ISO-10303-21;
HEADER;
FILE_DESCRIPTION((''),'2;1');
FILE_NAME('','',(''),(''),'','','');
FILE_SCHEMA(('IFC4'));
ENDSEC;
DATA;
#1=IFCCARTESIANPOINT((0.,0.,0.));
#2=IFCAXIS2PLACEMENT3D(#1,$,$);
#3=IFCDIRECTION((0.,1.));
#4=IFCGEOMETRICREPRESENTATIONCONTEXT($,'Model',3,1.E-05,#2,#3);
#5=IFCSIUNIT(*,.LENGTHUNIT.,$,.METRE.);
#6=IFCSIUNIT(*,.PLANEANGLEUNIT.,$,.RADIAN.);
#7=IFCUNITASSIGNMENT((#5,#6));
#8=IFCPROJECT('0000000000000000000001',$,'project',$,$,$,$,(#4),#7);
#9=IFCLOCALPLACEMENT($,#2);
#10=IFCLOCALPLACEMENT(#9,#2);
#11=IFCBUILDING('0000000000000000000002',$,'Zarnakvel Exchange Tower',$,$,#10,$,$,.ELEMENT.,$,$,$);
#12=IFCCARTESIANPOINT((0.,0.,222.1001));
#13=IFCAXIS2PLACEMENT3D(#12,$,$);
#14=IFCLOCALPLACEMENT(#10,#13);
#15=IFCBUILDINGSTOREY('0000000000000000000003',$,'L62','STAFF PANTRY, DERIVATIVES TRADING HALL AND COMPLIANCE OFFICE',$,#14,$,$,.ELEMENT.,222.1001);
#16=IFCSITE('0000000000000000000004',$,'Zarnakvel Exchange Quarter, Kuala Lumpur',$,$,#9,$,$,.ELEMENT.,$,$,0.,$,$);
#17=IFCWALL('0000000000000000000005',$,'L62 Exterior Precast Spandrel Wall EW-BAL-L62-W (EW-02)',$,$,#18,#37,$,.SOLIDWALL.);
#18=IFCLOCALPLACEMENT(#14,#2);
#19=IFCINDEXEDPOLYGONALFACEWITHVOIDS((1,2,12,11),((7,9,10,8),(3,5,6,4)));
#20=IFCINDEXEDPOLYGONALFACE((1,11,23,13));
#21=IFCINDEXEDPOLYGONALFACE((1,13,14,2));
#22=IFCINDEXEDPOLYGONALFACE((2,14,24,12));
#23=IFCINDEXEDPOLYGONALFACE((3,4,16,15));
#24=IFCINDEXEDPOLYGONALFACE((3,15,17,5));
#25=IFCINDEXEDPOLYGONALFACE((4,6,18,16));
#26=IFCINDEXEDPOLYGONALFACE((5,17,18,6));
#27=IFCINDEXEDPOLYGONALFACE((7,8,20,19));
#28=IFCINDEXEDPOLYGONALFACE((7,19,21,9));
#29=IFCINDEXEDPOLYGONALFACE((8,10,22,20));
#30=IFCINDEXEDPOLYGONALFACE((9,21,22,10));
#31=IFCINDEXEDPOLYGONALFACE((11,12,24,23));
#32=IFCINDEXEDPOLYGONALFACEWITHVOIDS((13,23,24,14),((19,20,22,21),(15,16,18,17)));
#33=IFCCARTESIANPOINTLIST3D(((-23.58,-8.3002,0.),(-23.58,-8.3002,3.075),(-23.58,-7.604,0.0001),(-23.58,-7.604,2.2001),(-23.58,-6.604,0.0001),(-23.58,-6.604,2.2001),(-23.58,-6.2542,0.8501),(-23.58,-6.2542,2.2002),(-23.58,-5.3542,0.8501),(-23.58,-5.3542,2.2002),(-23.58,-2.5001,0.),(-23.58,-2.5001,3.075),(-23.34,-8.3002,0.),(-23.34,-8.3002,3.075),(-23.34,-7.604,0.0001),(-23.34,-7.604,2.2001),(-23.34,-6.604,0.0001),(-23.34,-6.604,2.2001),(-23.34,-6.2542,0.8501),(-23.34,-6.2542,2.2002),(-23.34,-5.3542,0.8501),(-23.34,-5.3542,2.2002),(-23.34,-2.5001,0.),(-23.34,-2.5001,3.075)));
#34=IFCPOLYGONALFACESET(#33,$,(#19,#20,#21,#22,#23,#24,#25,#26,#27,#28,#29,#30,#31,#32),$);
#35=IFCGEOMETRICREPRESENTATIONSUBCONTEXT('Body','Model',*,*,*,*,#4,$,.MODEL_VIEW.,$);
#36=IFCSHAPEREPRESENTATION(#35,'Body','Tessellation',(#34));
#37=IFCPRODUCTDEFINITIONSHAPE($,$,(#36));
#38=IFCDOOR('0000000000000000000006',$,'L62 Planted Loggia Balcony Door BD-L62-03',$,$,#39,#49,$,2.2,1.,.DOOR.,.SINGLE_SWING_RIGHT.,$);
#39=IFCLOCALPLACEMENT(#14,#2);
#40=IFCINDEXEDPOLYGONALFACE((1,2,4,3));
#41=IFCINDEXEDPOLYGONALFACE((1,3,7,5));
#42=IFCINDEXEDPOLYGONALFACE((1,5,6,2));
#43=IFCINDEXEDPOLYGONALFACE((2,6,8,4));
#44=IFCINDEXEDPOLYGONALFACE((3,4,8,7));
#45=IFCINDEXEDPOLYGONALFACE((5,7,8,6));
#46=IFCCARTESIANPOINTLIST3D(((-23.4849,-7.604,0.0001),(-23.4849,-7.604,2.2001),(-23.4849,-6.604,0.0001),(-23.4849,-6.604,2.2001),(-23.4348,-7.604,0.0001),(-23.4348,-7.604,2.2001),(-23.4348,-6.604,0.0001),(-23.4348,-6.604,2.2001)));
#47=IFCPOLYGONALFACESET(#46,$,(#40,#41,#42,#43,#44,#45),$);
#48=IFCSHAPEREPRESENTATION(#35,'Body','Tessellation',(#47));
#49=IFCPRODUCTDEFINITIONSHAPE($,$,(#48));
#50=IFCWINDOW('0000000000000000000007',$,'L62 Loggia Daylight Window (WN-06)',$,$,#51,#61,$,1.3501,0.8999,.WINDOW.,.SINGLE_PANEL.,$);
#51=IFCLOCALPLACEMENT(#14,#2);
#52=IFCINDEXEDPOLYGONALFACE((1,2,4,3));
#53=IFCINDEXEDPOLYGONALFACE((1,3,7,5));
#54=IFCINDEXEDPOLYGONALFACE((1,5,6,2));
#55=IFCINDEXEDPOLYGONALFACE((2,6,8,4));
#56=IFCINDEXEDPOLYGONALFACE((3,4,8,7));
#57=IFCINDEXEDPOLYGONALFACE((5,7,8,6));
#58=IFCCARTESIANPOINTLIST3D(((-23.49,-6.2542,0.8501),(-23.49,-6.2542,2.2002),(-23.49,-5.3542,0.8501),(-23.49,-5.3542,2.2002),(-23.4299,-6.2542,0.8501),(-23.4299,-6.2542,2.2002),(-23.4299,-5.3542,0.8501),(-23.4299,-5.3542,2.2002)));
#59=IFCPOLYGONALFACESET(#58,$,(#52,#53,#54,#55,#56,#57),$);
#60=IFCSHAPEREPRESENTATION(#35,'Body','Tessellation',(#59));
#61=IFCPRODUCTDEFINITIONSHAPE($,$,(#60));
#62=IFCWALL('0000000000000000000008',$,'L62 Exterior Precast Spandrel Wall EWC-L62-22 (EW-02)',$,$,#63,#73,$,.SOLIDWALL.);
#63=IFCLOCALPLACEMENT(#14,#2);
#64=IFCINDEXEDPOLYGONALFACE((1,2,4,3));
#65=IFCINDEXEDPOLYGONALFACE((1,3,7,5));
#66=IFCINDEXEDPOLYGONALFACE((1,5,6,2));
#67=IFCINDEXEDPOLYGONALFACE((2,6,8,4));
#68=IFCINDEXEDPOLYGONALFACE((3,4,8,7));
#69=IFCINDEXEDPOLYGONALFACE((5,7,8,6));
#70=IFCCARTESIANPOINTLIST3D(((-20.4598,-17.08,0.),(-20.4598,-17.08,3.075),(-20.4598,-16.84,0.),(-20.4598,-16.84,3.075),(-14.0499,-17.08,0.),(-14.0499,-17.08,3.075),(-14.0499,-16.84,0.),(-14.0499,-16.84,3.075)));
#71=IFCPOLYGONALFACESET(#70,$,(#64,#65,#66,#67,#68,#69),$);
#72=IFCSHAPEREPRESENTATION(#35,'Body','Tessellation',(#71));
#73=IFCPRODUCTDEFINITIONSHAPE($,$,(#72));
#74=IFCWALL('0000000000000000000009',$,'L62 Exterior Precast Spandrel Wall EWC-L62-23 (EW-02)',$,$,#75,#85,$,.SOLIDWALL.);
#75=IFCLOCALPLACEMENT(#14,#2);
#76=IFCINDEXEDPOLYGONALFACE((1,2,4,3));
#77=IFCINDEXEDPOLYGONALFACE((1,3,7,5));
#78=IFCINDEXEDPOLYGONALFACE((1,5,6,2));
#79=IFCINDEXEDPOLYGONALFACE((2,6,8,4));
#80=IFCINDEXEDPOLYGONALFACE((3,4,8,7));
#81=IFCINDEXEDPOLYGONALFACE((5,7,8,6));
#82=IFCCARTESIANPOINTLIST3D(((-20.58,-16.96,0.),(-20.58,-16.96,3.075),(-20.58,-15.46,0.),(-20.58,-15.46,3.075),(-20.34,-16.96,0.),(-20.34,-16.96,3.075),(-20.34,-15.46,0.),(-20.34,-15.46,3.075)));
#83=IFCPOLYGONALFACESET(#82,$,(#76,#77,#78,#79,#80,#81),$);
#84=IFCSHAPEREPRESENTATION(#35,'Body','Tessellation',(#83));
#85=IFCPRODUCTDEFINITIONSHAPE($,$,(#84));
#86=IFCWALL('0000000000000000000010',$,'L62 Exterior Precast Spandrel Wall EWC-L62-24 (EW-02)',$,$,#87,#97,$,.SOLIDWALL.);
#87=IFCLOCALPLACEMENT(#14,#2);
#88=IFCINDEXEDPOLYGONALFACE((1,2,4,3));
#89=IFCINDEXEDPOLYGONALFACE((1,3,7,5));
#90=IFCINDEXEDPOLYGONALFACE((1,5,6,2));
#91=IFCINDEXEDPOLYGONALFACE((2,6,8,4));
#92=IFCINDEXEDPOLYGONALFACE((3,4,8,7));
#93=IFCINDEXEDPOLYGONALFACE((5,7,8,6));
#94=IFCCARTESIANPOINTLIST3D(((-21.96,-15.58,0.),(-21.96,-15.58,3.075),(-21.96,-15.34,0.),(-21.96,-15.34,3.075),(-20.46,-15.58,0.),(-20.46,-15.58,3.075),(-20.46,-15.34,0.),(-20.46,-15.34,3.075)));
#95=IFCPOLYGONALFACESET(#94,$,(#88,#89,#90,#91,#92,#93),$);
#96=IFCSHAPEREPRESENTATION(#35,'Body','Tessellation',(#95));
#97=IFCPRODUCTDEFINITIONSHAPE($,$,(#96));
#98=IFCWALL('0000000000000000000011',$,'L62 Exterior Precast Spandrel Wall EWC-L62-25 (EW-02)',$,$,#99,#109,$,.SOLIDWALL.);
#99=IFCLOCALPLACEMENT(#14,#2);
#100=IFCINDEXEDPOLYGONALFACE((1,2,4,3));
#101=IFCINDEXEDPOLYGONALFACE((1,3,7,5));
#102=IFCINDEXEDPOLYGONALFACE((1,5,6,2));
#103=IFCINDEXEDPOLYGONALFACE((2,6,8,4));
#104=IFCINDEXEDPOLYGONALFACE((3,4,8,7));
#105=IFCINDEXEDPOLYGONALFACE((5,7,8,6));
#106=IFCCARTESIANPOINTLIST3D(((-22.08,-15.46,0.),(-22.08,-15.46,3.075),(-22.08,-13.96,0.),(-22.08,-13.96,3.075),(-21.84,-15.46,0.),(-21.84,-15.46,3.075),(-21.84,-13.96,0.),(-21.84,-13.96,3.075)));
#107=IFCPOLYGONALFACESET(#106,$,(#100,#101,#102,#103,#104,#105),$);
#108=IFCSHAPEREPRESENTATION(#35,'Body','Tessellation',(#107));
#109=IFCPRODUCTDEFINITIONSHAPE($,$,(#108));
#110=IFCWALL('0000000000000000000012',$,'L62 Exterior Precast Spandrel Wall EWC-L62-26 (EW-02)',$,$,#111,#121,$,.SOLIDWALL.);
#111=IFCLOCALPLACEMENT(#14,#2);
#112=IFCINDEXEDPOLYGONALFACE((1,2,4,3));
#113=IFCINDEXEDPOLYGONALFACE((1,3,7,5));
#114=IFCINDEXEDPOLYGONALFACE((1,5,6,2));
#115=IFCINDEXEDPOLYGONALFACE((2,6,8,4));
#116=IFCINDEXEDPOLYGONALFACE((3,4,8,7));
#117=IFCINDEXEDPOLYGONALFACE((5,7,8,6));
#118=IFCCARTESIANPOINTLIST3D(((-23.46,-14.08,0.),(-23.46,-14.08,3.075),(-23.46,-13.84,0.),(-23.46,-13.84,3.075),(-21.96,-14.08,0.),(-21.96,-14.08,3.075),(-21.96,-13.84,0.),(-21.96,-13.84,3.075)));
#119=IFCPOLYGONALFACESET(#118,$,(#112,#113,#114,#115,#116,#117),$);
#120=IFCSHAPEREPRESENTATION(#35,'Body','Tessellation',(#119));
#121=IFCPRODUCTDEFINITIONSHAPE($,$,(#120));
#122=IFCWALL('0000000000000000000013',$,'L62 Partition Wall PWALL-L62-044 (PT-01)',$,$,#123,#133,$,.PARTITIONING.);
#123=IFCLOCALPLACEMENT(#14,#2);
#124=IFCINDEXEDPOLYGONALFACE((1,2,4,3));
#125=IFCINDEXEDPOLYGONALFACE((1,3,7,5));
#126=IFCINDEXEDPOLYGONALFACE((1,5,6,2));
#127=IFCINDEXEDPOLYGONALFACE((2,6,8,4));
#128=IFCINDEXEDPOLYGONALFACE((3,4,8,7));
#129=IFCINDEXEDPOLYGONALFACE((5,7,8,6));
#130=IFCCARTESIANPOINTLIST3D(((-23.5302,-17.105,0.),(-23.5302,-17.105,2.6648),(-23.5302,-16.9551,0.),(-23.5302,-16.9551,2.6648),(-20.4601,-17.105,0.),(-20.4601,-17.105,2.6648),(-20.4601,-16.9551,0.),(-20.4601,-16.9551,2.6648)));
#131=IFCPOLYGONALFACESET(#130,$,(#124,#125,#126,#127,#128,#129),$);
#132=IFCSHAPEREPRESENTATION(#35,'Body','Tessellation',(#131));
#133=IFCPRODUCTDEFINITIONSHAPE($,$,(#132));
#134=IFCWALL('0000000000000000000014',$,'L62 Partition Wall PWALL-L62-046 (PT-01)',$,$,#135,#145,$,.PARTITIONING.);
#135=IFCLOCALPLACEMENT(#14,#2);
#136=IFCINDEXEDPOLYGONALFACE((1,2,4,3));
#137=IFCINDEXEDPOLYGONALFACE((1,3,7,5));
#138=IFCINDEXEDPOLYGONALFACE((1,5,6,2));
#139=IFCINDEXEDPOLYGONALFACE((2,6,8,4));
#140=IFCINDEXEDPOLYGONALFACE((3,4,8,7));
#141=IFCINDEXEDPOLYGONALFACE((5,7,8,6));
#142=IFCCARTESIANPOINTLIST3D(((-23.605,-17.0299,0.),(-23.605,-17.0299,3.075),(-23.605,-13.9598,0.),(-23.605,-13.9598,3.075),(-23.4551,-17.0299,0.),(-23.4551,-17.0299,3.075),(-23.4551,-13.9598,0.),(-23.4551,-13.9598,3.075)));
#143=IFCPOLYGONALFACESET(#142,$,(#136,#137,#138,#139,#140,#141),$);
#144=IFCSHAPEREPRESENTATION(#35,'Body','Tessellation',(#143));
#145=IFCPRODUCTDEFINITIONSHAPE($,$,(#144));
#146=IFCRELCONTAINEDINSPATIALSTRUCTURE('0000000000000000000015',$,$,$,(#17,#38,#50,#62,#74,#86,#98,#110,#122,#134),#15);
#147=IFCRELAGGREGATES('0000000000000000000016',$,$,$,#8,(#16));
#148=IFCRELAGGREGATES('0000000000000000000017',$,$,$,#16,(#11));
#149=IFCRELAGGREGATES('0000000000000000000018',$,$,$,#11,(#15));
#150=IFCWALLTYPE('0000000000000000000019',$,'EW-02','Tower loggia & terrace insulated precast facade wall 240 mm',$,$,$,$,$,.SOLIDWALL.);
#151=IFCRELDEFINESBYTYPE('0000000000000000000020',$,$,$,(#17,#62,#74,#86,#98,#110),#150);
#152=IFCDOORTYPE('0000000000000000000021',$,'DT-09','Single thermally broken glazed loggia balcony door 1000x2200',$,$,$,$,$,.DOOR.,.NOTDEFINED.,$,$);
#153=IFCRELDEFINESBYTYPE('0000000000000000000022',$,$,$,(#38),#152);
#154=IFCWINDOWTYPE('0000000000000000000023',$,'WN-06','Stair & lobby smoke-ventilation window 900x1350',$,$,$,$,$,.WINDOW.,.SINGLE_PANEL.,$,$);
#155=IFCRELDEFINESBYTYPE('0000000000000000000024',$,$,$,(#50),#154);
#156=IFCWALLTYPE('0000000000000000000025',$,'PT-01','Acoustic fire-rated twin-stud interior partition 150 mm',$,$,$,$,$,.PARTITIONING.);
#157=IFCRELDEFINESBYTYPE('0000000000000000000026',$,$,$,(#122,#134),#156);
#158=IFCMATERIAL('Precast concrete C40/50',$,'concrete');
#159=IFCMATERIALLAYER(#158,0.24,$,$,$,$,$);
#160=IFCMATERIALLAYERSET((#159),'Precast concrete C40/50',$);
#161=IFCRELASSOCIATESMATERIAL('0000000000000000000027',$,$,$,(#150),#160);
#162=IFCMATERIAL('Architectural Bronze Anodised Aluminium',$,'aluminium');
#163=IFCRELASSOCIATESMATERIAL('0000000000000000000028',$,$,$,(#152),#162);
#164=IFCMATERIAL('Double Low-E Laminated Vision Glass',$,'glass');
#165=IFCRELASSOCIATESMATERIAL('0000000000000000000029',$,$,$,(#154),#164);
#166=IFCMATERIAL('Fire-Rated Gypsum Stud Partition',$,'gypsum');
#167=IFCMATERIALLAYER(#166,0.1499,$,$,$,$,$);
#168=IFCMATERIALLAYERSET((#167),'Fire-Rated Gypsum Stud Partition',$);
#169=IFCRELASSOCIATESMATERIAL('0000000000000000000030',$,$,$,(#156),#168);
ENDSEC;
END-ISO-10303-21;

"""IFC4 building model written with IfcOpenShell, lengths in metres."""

from ifc_helpers import new_model, si_unit, direction, frame, frame_2d, origin, place, context, subcontext, project, spatial, rectangle, extrude, source, transform, mapped, material, layer, layer_set, type_object, element, fill, save


model = new_model("IFC4")

# Units and contexts
model_context = context("Model", 3, precision=1e-05, world=origin(), true_north=direction((0.0, 1.0)))
body_context = subcontext(model_context, "Body", "Model", "MODEL_VIEW")
ifc_project = project(units=[si_unit("LENGTHUNIT", "METRE"), si_unit("PLANEANGLEUNIT", "RADIAN")], contexts=[model_context])

# Site, building, storey
site_placement = place(None, origin())
site = spatial("IfcSite", under=ifc_project, at=site_placement, Name="Zarnakvel Exchange Quarter, Kuala Lumpur", CompositionType="ELEMENT", RefElevation=0.0)
building_placement = place(site_placement, origin())
building = spatial("IfcBuilding", under=site, at=building_placement, Name="Zarnakvel Exchange Tower", CompositionType="ELEMENT")
storey_placement = place(building_placement, frame((0.0, 0.0, 222.1001)))
storey = spatial("IfcBuildingStorey", under=building, at=storey_placement, Name="L62", Description="STAFF PANTRY, DERIVATIVES TRADING HALL AND COMPLIANCE OFFICE", CompositionType="ELEMENT", Elevation=222.1001)

# Wall, openings, door, window
ifc_material_1 = material(Name="Precast concrete C40/50", Category="concrete")
ifc_layer_1 = layer(ifc_material_1, 0.24)
ifc_layer_set_1 = layer_set([ifc_layer_1], Name="Precast concrete C40/50")
wall_type_1 = type_object("IfcWallType", Name="EW-02", Description="Tower loggia & terrace insulated precast facade wall 240 mm", PredefinedType="SOLIDWALL", material=ifc_layer_set_1)
wall_1_placement = place(storey_placement, frame((-23.46, -8.3, 0.0), z_axis=(0.0, 0.0, 1.0), x_axis=(0.0, 1.0, 0.0)))
wall_1 = element("IfcWall", 1, at=wall_1_placement, inside=storey, type_object=wall_type_1, Name="L62 Exterior Precast Spandrel Wall EW-BAL-L62-W (EW-02)", PredefinedType="SOLIDWALL", context=body_context, shape_type="SweptSolid", body=[
    extrude(rectangle(XDim=5.8, YDim=0.24, at=frame_2d((2.8999, 0.0))), origin(), (0.0, 0.0, 1.0), 3.075),
])
opening_1_placement = place(wall_1_placement, frame((0.696, 0.0, 0.0)))
opening_1 = element("IfcOpeningElement", 2, at=opening_1_placement, cuts=wall_1, PredefinedType="OPENING", context=body_context, shape_type="SweptSolid", body=[
    extrude(rectangle(XDim=1.0, YDim=2.2, at=frame_2d((0.5, 1.1001))), frame((0.0, 0.1299, 0.0), z_axis=(0.0, -1.0, 0.0), x_axis=(1.0, 0.0, 0.0)), (0.0, 0.0, 1.0), 0.26),
])
opening_2_placement = place(wall_1_placement, frame((2.0459, 0.0, 0.8501)))
opening_2 = element("IfcOpeningElement", 3, at=opening_2_placement, cuts=wall_1, PredefinedType="OPENING", context=body_context, shape_type="SweptSolid", body=[
    extrude(rectangle(XDim=0.8999, YDim=1.3501, at=frame_2d((0.45, 0.675))), frame((0.0, 0.1299, 0.0), z_axis=(0.0, -1.0, 0.0), x_axis=(1.0, 0.0, 0.0)), (0.0, 0.0, 1.0), 0.26),
])
ifc_material_2 = material(Name="Architectural Bronze Anodised Aluminium", Category="aluminium")
door_type = type_object("IfcDoorType", Name="DT-09", Description="Single thermally broken glazed loggia balcony door 1000x2200", OperationType="NOTDEFINED", PredefinedType="DOOR", material=ifc_material_2)
shared_shape_1 = source(origin(), body_context, "Body", "SweptSolid", [
    extrude(rectangle(XDim=1.0, YDim=2.2, at=frame_2d((0.5, 1.1001))), frame((0.0, 0.0249, 0.0), z_axis=(0.0, -1.0, 0.0), x_axis=(1.0, 0.0, 0.0)), (0.0, 0.0, 1.0), 0.05),
])
door_placement = place(opening_1_placement, origin())
door = element("IfcDoor", 4, at=door_placement, inside=storey, type_object=door_type, Name="L62 Planted Loggia Balcony Door BD-L62-03", OperationType="SINGLE_SWING_RIGHT", OverallHeight=2.2, OverallWidth=1.0, PredefinedType="DOOR", context=body_context, shape_type="MappedRepresentation", body=[
    mapped(shared_shape_1, transform((0.0, 0.0, 0.0), x_axis=(1.0, 0.0, 0.0), y_axis=(0.0, 1.0, 0.0), z_axis=(0.0, 0.0, 1.0), scale=1.0)),
])
fill(opening_1, door)
ifc_material_3 = material(Name="Double Low-E Laminated Vision Glass", Category="glass")
window_type = type_object("IfcWindowType", Name="WN-06", Description="Stair & lobby smoke-ventilation window 900x1350", PartitioningType="SINGLE_PANEL", PredefinedType="WINDOW", material=ifc_material_3)
shared_shape_2 = source(origin(), body_context, "Body", "SweptSolid", [
    extrude(rectangle(XDim=0.8999, YDim=1.3501, at=frame_2d((0.45, 0.675))), frame((0.0, 0.03, 0.0), z_axis=(0.0, -1.0, 0.0), x_axis=(1.0, 0.0, 0.0)), (0.0, 0.0, 1.0), 0.0601),
])
window_placement = place(opening_2_placement, origin())
window = element("IfcWindow", 5, at=window_placement, inside=storey, type_object=window_type, Name="L62 Loggia Daylight Window (WN-06)", OverallHeight=1.3501, OverallWidth=0.8999, PartitioningType="SINGLE_PANEL", PredefinedType="WINDOW", context=body_context, shape_type="MappedRepresentation", body=[
    mapped(shared_shape_2, transform((0.0, 0.0, 0.0), x_axis=(1.0, 0.0, 0.0), y_axis=(0.0, 1.0, 0.0), z_axis=(0.0, 0.0, 1.0), scale=1.0)),
])
fill(opening_2, window)

# Walls
wall_2_placement = place(storey_placement, frame((-20.46, -16.96, 0.0), z_axis=(0.0, 0.0, 1.0), x_axis=(1.0, 0.0, 0.0)))
element("IfcWall", 6, at=wall_2_placement, inside=storey, type_object=wall_type_1, Name="L62 Exterior Precast Spandrel Wall EWC-L62-22 (EW-02)", PredefinedType="SOLIDWALL", context=body_context, shape_type="SweptSolid", body=[
    extrude(rectangle(XDim=6.4099, YDim=0.24, at=frame_2d((3.2051, 0.0))), origin(), (0.0, 0.0, 1.0), 3.075),
])
for number, where, z_axis, x_axis, name in (
    (7, (-20.46, -15.46, 0.0), (0.0, 0.0, 1.0), (0.0, -1.0, 0.0), "L62 Exterior Precast Spandrel Wall EWC-L62-23 (EW-02)"),
    (8, (-21.96, -15.46, 0.0), (0.0, 0.0, 1.0), (1.0, 0.0, 0.0), "L62 Exterior Precast Spandrel Wall EWC-L62-24 (EW-02)"),
    (9, (-21.96, -13.96, 0.0), (0.0, 0.0, 1.0), (0.0, -1.0, 0.0), "L62 Exterior Precast Spandrel Wall EWC-L62-25 (EW-02)"),
    (10, (-23.46, -13.96, 0.0), (0.0, 0.0, 1.0), (1.0, 0.0, 0.0), "L62 Exterior Precast Spandrel Wall EWC-L62-26 (EW-02)"),
):
    element("IfcWall", number, at=place(storey_placement, frame(where, z_axis=z_axis, x_axis=x_axis)), inside=storey, type_object=wall_type_1, Name=name, PredefinedType="SOLIDWALL", context=body_context, shape_type="SweptSolid", body=[
        extrude(rectangle(XDim=1.5, YDim=0.24, at=frame_2d((0.75, 0.0))), origin(), (0.0, 0.0, 1.0), 3.075),
    ])
ifc_material_4 = material(Name="Fire-Rated Gypsum Stud Partition", Category="gypsum")
ifc_layer_2 = layer(ifc_material_4, 0.1499)
ifc_layer_set_2 = layer_set([ifc_layer_2], Name="Fire-Rated Gypsum Stud Partition")
wall_type_2 = type_object("IfcWallType", Name="PT-01", Description="Acoustic fire-rated twin-stud interior partition 150 mm", PredefinedType="PARTITIONING", material=ifc_layer_set_2)
wall_3_placement = place(storey_placement, frame((-20.46, -17.03, 0.0), z_axis=(0.0, 0.0, 1.0), x_axis=(-1.0, 0.0, 0.0)))
element("IfcWall", 11, at=wall_3_placement, inside=storey, type_object=wall_type_2, Name="L62 Partition Wall PWALL-L62-044 (PT-01)", PredefinedType="PARTITIONING", context=body_context, shape_type="SweptSolid", body=[
    extrude(rectangle(XDim=3.0701, YDim=0.1499, at=frame_2d((1.5352, 0.0))), origin(), (0.0, 0.0, 1.0), 2.6648),
])
wall_4_placement = place(storey_placement, frame((-23.53, -17.03, 0.0), z_axis=(0.0, 0.0, 1.0), x_axis=(0.0, 1.0, 0.0)))
element("IfcWall", 12, at=wall_4_placement, inside=storey, type_object=wall_type_2, Name="L62 Partition Wall PWALL-L62-046 (PT-01)", PredefinedType="PARTITIONING", context=body_context, shape_type="SweptSolid", body=[
    extrude(rectangle(XDim=3.0701, YDim=0.1499, at=frame_2d((1.5352, 0.0))), origin(), (0.0, 0.0, 1.0), 3.075),
])

save(model, "model.ifc")
